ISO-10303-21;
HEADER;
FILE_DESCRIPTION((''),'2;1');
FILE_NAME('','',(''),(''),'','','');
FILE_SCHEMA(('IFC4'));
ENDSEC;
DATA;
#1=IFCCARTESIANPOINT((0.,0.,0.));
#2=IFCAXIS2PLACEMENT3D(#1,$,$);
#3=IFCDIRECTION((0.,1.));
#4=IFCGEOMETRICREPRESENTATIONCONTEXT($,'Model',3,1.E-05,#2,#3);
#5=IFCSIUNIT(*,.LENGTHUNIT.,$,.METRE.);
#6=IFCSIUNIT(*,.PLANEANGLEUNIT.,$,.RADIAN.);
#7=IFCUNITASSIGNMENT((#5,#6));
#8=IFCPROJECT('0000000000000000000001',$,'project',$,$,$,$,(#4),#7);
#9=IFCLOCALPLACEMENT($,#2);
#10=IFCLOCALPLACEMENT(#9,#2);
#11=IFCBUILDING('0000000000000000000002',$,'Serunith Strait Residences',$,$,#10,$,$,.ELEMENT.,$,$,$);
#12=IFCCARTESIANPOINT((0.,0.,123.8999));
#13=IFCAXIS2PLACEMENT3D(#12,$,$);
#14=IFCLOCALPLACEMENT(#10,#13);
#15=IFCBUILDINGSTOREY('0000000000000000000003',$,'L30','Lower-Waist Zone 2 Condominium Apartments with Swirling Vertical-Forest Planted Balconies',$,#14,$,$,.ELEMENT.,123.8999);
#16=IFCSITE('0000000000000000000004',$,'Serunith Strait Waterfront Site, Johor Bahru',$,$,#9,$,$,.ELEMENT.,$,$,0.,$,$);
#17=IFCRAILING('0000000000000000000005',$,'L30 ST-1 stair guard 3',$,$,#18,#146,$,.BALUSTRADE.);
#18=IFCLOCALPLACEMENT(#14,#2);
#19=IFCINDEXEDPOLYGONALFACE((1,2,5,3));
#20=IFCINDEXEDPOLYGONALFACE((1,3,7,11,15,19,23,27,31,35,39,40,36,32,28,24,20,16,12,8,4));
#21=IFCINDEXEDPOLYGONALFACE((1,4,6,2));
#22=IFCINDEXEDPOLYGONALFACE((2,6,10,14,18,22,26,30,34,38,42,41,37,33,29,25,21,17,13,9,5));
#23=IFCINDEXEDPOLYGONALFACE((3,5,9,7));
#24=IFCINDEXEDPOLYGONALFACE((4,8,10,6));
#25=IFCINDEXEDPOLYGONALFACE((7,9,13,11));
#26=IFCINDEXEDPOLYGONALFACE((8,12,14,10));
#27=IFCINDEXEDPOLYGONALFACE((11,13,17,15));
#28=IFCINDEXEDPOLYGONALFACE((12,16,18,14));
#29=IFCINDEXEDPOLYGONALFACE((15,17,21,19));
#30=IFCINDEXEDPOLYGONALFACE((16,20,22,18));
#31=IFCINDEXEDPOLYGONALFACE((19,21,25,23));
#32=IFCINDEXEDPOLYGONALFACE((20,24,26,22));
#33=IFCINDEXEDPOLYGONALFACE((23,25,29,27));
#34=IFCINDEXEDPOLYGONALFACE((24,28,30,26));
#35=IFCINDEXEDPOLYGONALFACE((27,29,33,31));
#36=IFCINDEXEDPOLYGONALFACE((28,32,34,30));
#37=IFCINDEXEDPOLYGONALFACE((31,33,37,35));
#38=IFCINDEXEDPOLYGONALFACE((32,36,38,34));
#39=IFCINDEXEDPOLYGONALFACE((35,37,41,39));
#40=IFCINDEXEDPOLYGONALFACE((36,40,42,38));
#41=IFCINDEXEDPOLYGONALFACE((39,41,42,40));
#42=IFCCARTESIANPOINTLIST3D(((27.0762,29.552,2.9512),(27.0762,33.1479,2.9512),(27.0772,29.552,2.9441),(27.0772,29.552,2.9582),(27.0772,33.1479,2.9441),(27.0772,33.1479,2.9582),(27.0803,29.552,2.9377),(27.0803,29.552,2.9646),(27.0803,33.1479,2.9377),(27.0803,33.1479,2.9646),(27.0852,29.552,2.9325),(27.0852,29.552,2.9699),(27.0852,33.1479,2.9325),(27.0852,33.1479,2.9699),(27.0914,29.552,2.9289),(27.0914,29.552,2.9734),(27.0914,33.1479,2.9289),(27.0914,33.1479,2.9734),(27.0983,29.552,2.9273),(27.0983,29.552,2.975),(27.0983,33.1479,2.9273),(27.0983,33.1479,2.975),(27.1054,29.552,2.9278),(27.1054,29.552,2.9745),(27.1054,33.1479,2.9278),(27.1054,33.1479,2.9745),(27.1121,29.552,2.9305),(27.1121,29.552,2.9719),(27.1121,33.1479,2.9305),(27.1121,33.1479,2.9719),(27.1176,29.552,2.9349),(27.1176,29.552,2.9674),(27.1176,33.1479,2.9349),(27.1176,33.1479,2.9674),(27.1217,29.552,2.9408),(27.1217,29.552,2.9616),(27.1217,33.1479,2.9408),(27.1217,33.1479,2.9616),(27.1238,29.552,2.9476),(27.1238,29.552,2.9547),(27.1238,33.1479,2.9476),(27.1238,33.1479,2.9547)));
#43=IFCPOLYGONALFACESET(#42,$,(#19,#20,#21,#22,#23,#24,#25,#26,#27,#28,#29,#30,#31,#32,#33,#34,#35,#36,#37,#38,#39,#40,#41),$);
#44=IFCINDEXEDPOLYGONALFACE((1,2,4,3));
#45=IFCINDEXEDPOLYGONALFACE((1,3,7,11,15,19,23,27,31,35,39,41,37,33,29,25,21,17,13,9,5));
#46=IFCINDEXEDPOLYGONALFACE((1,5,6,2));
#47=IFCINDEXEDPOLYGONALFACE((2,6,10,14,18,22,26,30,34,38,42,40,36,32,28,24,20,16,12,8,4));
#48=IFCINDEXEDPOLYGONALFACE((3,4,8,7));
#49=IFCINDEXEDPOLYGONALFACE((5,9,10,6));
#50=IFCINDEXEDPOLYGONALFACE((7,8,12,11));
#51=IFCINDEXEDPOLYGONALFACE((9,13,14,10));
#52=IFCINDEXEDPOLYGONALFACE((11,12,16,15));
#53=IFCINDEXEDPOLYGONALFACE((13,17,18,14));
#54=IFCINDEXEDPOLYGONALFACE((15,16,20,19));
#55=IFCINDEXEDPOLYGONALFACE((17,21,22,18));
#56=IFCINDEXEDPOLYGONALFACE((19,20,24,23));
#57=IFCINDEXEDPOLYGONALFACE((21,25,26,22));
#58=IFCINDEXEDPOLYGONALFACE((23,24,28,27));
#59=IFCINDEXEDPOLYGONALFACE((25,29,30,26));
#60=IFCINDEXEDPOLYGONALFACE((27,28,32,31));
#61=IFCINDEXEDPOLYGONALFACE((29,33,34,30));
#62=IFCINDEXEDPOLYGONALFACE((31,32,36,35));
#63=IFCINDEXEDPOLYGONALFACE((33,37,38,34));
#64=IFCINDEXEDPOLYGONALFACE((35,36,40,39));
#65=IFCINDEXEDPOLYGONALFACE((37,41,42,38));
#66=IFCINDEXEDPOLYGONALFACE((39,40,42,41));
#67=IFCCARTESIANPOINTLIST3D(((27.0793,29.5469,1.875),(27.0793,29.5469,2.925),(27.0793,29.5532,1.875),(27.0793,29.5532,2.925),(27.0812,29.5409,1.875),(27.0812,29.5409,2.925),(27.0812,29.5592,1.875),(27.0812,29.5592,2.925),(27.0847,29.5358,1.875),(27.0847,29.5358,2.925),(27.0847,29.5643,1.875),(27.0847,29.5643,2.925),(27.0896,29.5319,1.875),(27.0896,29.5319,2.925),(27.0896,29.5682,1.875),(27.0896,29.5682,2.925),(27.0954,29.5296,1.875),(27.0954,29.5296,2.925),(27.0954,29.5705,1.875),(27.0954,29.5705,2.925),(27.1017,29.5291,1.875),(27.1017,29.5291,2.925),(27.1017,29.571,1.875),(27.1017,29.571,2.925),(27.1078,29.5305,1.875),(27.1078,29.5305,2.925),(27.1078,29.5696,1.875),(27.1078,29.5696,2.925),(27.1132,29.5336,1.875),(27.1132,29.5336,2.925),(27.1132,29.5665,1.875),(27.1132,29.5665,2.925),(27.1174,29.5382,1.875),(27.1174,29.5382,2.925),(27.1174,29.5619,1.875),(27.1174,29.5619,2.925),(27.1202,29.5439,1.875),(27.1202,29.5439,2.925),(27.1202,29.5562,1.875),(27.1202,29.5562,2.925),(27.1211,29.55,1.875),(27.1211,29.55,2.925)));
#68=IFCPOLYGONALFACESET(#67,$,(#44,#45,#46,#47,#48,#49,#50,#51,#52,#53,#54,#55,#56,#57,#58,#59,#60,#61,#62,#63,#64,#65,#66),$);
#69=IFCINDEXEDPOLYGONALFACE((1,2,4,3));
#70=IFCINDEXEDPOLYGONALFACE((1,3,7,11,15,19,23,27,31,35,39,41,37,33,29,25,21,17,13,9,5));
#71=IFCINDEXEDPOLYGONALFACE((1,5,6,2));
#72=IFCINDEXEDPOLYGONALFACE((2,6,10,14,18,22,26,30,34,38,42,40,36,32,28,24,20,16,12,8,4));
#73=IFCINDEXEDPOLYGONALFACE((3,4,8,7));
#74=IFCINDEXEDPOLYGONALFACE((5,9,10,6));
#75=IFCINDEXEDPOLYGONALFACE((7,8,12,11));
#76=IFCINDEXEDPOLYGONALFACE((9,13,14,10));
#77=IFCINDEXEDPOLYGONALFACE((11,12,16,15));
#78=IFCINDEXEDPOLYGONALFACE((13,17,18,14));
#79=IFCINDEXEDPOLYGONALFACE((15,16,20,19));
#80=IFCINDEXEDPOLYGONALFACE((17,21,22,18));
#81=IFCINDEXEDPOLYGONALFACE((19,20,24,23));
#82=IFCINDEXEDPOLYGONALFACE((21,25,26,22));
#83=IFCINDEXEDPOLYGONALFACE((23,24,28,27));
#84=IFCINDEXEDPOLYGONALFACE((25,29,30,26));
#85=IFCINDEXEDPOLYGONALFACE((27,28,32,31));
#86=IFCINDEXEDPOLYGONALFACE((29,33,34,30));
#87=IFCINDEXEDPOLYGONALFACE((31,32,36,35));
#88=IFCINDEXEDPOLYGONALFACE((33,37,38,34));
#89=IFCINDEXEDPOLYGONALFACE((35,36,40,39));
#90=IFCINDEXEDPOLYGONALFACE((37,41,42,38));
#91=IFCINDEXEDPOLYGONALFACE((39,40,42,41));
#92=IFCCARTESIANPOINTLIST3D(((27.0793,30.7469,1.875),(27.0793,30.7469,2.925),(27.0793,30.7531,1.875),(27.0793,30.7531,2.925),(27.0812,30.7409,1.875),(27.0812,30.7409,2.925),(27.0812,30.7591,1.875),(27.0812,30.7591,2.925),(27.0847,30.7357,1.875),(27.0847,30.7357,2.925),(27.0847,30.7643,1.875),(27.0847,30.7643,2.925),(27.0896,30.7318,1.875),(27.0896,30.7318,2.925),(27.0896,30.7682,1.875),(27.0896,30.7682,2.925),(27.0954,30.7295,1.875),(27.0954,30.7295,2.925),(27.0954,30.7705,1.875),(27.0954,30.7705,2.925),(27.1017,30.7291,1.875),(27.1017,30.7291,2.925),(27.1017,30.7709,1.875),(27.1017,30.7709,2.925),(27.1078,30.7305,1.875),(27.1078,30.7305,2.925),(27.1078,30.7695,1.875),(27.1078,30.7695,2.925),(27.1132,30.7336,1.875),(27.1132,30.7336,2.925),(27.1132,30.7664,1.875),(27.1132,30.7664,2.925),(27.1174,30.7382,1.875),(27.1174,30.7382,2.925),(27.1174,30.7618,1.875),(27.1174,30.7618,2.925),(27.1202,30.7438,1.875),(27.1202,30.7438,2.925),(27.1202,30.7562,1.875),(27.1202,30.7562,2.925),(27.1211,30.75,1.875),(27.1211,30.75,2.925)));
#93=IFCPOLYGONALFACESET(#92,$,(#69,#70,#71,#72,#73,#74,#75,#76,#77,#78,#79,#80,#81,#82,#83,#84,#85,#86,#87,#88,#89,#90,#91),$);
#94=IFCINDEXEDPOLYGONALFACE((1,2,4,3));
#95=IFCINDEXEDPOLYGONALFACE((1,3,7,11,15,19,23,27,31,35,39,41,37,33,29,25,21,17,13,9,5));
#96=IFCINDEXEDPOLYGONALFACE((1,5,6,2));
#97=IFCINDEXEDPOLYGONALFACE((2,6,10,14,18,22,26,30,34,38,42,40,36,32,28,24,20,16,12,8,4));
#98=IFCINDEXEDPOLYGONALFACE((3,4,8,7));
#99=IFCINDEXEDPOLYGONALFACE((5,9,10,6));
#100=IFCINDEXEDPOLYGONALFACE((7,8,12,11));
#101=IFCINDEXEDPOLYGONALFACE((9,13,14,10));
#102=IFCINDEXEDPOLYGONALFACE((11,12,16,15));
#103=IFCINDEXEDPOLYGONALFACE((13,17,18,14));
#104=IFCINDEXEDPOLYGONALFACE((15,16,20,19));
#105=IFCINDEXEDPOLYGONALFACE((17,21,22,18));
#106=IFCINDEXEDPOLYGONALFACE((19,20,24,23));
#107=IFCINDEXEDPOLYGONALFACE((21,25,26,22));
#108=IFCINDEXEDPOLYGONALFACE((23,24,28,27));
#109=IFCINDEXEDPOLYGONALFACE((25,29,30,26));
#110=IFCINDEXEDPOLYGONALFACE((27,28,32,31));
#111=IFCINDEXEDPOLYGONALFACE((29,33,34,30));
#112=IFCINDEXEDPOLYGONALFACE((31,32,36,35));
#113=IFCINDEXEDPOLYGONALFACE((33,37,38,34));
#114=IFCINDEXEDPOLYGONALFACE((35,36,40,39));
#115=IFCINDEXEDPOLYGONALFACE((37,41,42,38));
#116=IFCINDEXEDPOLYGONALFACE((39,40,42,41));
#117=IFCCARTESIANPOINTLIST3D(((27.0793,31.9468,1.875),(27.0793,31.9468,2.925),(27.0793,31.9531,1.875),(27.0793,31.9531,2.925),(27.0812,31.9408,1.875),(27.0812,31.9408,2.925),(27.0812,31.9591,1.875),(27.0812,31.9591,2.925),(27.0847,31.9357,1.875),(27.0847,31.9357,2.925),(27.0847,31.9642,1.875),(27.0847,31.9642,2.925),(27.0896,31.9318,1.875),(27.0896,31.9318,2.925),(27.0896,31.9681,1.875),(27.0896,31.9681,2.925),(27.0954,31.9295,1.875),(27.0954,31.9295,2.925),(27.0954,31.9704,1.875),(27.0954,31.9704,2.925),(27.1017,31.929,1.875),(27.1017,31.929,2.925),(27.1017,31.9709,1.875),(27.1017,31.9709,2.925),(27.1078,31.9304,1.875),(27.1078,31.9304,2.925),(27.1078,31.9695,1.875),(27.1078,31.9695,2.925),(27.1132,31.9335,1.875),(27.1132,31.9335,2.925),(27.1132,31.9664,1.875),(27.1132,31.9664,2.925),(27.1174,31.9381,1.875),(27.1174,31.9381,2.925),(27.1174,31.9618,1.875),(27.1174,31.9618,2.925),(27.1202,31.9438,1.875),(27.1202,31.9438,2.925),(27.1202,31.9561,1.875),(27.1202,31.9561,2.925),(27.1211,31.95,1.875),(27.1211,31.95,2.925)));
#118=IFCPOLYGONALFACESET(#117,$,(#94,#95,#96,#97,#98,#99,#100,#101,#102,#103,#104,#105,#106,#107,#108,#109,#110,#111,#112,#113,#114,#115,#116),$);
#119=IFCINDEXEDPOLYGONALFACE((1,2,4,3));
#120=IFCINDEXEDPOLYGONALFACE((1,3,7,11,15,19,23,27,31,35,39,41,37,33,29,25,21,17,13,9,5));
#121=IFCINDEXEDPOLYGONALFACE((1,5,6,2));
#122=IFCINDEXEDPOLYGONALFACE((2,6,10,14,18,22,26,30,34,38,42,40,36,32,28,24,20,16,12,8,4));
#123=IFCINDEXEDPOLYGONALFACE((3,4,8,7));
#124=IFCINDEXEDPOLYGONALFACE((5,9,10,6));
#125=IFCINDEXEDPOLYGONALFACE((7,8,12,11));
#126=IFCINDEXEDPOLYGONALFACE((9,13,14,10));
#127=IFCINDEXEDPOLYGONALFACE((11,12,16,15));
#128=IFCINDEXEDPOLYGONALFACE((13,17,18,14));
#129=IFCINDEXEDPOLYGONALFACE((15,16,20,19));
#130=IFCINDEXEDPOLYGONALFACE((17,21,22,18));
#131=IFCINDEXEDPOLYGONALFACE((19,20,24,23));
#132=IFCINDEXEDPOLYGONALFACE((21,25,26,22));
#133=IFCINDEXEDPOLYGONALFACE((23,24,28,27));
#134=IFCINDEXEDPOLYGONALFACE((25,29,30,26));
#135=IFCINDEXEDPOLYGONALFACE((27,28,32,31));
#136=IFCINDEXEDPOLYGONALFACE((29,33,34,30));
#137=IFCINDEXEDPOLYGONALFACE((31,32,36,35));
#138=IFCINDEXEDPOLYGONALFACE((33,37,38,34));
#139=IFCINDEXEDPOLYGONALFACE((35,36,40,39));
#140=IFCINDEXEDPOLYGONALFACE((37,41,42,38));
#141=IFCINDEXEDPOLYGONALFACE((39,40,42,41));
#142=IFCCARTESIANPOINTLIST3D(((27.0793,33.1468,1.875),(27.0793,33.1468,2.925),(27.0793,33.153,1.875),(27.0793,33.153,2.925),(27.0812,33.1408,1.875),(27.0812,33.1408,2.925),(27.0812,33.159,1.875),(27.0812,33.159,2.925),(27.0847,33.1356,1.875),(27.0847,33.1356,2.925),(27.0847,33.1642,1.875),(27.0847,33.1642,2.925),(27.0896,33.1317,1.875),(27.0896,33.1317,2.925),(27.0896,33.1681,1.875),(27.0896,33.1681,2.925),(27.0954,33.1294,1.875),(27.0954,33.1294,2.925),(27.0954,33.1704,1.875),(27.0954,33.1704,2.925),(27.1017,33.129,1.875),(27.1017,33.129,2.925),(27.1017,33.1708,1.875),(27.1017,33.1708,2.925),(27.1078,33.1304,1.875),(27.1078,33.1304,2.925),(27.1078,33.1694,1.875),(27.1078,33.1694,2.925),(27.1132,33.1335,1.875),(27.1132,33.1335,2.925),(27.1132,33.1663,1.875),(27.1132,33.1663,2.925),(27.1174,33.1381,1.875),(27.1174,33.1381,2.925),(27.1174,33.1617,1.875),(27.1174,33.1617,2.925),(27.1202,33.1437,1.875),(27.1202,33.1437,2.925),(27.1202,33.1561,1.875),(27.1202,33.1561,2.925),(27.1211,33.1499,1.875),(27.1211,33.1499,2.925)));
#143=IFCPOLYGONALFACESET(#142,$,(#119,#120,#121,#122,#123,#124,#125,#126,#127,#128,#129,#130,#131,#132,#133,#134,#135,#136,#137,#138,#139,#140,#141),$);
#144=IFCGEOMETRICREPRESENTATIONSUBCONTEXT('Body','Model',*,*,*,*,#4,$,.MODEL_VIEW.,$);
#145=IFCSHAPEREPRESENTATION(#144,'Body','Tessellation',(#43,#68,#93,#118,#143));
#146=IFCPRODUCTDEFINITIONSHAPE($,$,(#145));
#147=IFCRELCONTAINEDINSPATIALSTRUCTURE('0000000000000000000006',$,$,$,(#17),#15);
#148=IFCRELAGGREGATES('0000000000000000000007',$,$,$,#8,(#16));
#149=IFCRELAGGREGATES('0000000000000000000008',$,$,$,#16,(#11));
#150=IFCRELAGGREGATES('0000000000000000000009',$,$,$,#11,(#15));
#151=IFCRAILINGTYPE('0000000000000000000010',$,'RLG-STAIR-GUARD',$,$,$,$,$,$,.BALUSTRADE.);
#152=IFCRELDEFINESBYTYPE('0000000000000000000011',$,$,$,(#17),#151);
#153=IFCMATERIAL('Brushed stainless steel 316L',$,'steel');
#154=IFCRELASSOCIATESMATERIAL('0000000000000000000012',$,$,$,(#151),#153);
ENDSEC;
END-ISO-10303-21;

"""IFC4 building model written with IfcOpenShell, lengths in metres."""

from ifc_helpers import new_model, si_unit, direction, frame, origin, origin_2d, place, context, subcontext, project, spatial, circle, extrude, material, type_object, element, save


model = new_model("IFC4")

# Units and contexts
model_context = context("Model", 3, precision=1e-05, world=origin(), true_north=direction((0.0, 1.0)))
body_context = subcontext(model_context, "Body", "Model", "MODEL_VIEW")
ifc_project = project(units=[si_unit("LENGTHUNIT", "METRE"), si_unit("PLANEANGLEUNIT", "RADIAN")], contexts=[model_context])

# Site, building, storey
site_placement = place(None, origin())
site = spatial("IfcSite", under=ifc_project, at=site_placement, Name="Serunith Strait Waterfront Site, Johor Bahru", CompositionType="ELEMENT", RefElevation=0.0)
building_placement = place(site_placement, origin())
building = spatial("IfcBuilding", under=site, at=building_placement, Name="Serunith Strait Residences", CompositionType="ELEMENT")
storey_placement = place(building_placement, frame((0.0, 0.0, 123.8999)))
storey = spatial("IfcBuildingStorey", under=building, at=storey_placement, Name="L30", Description="Lower-Waist Zone 2 Condominium Apartments with Swirling Vertical-Forest Planted Balconies", CompositionType="ELEMENT", Elevation=123.8999)

# Railing
ifc_material_1 = material(Name="Brushed stainless steel 316L", Category="steel")
railing_type_1 = type_object("IfcRailingType", Name="RLG-STAIR-GUARD", PredefinedType="BALUSTRADE", material=ifc_material_1)
for number, where, name in (
    (1, (27.1001, 29.55, 1.875), "L30 ST-1 stair guard 3"),
):
    element("IfcRailing", number, at=place(storey_placement, frame(where)), inside=storey, type_object=railing_type_1, Name=name, PredefinedType="BALUSTRADE", context=body_context, shape_type="SweptSolid", body=[
        extrude(circle(Radius=0.0239, at=origin_2d()), frame((0.0, 0.002, 1.0762), z_axis=(0.0, 1.0, 0.0), x_axis=(-1.0, 0.0, 0.0)), (0.0, 0.0, 1.0), 3.5959),
        extrude(circle(Radius=0.021, at=origin_2d()), origin(), (0.0, 0.0, 1.0), 1.05),
        extrude(circle(Radius=0.021, at=origin_2d()), frame((0.0, 1.2, 0.0)), (0.0, 0.0, 1.0), 1.05),
        extrude(circle(Radius=0.021, at=origin_2d()), frame((0.0, 2.3999, 0.0)), (0.0, 0.0, 1.0), 1.05),
        extrude(circle(Radius=0.021, at=origin_2d()), frame((0.0, 3.5999, 0.0)), (0.0, 0.0, 1.0), 1.05),
    ])

save(model, "model.ifc")
